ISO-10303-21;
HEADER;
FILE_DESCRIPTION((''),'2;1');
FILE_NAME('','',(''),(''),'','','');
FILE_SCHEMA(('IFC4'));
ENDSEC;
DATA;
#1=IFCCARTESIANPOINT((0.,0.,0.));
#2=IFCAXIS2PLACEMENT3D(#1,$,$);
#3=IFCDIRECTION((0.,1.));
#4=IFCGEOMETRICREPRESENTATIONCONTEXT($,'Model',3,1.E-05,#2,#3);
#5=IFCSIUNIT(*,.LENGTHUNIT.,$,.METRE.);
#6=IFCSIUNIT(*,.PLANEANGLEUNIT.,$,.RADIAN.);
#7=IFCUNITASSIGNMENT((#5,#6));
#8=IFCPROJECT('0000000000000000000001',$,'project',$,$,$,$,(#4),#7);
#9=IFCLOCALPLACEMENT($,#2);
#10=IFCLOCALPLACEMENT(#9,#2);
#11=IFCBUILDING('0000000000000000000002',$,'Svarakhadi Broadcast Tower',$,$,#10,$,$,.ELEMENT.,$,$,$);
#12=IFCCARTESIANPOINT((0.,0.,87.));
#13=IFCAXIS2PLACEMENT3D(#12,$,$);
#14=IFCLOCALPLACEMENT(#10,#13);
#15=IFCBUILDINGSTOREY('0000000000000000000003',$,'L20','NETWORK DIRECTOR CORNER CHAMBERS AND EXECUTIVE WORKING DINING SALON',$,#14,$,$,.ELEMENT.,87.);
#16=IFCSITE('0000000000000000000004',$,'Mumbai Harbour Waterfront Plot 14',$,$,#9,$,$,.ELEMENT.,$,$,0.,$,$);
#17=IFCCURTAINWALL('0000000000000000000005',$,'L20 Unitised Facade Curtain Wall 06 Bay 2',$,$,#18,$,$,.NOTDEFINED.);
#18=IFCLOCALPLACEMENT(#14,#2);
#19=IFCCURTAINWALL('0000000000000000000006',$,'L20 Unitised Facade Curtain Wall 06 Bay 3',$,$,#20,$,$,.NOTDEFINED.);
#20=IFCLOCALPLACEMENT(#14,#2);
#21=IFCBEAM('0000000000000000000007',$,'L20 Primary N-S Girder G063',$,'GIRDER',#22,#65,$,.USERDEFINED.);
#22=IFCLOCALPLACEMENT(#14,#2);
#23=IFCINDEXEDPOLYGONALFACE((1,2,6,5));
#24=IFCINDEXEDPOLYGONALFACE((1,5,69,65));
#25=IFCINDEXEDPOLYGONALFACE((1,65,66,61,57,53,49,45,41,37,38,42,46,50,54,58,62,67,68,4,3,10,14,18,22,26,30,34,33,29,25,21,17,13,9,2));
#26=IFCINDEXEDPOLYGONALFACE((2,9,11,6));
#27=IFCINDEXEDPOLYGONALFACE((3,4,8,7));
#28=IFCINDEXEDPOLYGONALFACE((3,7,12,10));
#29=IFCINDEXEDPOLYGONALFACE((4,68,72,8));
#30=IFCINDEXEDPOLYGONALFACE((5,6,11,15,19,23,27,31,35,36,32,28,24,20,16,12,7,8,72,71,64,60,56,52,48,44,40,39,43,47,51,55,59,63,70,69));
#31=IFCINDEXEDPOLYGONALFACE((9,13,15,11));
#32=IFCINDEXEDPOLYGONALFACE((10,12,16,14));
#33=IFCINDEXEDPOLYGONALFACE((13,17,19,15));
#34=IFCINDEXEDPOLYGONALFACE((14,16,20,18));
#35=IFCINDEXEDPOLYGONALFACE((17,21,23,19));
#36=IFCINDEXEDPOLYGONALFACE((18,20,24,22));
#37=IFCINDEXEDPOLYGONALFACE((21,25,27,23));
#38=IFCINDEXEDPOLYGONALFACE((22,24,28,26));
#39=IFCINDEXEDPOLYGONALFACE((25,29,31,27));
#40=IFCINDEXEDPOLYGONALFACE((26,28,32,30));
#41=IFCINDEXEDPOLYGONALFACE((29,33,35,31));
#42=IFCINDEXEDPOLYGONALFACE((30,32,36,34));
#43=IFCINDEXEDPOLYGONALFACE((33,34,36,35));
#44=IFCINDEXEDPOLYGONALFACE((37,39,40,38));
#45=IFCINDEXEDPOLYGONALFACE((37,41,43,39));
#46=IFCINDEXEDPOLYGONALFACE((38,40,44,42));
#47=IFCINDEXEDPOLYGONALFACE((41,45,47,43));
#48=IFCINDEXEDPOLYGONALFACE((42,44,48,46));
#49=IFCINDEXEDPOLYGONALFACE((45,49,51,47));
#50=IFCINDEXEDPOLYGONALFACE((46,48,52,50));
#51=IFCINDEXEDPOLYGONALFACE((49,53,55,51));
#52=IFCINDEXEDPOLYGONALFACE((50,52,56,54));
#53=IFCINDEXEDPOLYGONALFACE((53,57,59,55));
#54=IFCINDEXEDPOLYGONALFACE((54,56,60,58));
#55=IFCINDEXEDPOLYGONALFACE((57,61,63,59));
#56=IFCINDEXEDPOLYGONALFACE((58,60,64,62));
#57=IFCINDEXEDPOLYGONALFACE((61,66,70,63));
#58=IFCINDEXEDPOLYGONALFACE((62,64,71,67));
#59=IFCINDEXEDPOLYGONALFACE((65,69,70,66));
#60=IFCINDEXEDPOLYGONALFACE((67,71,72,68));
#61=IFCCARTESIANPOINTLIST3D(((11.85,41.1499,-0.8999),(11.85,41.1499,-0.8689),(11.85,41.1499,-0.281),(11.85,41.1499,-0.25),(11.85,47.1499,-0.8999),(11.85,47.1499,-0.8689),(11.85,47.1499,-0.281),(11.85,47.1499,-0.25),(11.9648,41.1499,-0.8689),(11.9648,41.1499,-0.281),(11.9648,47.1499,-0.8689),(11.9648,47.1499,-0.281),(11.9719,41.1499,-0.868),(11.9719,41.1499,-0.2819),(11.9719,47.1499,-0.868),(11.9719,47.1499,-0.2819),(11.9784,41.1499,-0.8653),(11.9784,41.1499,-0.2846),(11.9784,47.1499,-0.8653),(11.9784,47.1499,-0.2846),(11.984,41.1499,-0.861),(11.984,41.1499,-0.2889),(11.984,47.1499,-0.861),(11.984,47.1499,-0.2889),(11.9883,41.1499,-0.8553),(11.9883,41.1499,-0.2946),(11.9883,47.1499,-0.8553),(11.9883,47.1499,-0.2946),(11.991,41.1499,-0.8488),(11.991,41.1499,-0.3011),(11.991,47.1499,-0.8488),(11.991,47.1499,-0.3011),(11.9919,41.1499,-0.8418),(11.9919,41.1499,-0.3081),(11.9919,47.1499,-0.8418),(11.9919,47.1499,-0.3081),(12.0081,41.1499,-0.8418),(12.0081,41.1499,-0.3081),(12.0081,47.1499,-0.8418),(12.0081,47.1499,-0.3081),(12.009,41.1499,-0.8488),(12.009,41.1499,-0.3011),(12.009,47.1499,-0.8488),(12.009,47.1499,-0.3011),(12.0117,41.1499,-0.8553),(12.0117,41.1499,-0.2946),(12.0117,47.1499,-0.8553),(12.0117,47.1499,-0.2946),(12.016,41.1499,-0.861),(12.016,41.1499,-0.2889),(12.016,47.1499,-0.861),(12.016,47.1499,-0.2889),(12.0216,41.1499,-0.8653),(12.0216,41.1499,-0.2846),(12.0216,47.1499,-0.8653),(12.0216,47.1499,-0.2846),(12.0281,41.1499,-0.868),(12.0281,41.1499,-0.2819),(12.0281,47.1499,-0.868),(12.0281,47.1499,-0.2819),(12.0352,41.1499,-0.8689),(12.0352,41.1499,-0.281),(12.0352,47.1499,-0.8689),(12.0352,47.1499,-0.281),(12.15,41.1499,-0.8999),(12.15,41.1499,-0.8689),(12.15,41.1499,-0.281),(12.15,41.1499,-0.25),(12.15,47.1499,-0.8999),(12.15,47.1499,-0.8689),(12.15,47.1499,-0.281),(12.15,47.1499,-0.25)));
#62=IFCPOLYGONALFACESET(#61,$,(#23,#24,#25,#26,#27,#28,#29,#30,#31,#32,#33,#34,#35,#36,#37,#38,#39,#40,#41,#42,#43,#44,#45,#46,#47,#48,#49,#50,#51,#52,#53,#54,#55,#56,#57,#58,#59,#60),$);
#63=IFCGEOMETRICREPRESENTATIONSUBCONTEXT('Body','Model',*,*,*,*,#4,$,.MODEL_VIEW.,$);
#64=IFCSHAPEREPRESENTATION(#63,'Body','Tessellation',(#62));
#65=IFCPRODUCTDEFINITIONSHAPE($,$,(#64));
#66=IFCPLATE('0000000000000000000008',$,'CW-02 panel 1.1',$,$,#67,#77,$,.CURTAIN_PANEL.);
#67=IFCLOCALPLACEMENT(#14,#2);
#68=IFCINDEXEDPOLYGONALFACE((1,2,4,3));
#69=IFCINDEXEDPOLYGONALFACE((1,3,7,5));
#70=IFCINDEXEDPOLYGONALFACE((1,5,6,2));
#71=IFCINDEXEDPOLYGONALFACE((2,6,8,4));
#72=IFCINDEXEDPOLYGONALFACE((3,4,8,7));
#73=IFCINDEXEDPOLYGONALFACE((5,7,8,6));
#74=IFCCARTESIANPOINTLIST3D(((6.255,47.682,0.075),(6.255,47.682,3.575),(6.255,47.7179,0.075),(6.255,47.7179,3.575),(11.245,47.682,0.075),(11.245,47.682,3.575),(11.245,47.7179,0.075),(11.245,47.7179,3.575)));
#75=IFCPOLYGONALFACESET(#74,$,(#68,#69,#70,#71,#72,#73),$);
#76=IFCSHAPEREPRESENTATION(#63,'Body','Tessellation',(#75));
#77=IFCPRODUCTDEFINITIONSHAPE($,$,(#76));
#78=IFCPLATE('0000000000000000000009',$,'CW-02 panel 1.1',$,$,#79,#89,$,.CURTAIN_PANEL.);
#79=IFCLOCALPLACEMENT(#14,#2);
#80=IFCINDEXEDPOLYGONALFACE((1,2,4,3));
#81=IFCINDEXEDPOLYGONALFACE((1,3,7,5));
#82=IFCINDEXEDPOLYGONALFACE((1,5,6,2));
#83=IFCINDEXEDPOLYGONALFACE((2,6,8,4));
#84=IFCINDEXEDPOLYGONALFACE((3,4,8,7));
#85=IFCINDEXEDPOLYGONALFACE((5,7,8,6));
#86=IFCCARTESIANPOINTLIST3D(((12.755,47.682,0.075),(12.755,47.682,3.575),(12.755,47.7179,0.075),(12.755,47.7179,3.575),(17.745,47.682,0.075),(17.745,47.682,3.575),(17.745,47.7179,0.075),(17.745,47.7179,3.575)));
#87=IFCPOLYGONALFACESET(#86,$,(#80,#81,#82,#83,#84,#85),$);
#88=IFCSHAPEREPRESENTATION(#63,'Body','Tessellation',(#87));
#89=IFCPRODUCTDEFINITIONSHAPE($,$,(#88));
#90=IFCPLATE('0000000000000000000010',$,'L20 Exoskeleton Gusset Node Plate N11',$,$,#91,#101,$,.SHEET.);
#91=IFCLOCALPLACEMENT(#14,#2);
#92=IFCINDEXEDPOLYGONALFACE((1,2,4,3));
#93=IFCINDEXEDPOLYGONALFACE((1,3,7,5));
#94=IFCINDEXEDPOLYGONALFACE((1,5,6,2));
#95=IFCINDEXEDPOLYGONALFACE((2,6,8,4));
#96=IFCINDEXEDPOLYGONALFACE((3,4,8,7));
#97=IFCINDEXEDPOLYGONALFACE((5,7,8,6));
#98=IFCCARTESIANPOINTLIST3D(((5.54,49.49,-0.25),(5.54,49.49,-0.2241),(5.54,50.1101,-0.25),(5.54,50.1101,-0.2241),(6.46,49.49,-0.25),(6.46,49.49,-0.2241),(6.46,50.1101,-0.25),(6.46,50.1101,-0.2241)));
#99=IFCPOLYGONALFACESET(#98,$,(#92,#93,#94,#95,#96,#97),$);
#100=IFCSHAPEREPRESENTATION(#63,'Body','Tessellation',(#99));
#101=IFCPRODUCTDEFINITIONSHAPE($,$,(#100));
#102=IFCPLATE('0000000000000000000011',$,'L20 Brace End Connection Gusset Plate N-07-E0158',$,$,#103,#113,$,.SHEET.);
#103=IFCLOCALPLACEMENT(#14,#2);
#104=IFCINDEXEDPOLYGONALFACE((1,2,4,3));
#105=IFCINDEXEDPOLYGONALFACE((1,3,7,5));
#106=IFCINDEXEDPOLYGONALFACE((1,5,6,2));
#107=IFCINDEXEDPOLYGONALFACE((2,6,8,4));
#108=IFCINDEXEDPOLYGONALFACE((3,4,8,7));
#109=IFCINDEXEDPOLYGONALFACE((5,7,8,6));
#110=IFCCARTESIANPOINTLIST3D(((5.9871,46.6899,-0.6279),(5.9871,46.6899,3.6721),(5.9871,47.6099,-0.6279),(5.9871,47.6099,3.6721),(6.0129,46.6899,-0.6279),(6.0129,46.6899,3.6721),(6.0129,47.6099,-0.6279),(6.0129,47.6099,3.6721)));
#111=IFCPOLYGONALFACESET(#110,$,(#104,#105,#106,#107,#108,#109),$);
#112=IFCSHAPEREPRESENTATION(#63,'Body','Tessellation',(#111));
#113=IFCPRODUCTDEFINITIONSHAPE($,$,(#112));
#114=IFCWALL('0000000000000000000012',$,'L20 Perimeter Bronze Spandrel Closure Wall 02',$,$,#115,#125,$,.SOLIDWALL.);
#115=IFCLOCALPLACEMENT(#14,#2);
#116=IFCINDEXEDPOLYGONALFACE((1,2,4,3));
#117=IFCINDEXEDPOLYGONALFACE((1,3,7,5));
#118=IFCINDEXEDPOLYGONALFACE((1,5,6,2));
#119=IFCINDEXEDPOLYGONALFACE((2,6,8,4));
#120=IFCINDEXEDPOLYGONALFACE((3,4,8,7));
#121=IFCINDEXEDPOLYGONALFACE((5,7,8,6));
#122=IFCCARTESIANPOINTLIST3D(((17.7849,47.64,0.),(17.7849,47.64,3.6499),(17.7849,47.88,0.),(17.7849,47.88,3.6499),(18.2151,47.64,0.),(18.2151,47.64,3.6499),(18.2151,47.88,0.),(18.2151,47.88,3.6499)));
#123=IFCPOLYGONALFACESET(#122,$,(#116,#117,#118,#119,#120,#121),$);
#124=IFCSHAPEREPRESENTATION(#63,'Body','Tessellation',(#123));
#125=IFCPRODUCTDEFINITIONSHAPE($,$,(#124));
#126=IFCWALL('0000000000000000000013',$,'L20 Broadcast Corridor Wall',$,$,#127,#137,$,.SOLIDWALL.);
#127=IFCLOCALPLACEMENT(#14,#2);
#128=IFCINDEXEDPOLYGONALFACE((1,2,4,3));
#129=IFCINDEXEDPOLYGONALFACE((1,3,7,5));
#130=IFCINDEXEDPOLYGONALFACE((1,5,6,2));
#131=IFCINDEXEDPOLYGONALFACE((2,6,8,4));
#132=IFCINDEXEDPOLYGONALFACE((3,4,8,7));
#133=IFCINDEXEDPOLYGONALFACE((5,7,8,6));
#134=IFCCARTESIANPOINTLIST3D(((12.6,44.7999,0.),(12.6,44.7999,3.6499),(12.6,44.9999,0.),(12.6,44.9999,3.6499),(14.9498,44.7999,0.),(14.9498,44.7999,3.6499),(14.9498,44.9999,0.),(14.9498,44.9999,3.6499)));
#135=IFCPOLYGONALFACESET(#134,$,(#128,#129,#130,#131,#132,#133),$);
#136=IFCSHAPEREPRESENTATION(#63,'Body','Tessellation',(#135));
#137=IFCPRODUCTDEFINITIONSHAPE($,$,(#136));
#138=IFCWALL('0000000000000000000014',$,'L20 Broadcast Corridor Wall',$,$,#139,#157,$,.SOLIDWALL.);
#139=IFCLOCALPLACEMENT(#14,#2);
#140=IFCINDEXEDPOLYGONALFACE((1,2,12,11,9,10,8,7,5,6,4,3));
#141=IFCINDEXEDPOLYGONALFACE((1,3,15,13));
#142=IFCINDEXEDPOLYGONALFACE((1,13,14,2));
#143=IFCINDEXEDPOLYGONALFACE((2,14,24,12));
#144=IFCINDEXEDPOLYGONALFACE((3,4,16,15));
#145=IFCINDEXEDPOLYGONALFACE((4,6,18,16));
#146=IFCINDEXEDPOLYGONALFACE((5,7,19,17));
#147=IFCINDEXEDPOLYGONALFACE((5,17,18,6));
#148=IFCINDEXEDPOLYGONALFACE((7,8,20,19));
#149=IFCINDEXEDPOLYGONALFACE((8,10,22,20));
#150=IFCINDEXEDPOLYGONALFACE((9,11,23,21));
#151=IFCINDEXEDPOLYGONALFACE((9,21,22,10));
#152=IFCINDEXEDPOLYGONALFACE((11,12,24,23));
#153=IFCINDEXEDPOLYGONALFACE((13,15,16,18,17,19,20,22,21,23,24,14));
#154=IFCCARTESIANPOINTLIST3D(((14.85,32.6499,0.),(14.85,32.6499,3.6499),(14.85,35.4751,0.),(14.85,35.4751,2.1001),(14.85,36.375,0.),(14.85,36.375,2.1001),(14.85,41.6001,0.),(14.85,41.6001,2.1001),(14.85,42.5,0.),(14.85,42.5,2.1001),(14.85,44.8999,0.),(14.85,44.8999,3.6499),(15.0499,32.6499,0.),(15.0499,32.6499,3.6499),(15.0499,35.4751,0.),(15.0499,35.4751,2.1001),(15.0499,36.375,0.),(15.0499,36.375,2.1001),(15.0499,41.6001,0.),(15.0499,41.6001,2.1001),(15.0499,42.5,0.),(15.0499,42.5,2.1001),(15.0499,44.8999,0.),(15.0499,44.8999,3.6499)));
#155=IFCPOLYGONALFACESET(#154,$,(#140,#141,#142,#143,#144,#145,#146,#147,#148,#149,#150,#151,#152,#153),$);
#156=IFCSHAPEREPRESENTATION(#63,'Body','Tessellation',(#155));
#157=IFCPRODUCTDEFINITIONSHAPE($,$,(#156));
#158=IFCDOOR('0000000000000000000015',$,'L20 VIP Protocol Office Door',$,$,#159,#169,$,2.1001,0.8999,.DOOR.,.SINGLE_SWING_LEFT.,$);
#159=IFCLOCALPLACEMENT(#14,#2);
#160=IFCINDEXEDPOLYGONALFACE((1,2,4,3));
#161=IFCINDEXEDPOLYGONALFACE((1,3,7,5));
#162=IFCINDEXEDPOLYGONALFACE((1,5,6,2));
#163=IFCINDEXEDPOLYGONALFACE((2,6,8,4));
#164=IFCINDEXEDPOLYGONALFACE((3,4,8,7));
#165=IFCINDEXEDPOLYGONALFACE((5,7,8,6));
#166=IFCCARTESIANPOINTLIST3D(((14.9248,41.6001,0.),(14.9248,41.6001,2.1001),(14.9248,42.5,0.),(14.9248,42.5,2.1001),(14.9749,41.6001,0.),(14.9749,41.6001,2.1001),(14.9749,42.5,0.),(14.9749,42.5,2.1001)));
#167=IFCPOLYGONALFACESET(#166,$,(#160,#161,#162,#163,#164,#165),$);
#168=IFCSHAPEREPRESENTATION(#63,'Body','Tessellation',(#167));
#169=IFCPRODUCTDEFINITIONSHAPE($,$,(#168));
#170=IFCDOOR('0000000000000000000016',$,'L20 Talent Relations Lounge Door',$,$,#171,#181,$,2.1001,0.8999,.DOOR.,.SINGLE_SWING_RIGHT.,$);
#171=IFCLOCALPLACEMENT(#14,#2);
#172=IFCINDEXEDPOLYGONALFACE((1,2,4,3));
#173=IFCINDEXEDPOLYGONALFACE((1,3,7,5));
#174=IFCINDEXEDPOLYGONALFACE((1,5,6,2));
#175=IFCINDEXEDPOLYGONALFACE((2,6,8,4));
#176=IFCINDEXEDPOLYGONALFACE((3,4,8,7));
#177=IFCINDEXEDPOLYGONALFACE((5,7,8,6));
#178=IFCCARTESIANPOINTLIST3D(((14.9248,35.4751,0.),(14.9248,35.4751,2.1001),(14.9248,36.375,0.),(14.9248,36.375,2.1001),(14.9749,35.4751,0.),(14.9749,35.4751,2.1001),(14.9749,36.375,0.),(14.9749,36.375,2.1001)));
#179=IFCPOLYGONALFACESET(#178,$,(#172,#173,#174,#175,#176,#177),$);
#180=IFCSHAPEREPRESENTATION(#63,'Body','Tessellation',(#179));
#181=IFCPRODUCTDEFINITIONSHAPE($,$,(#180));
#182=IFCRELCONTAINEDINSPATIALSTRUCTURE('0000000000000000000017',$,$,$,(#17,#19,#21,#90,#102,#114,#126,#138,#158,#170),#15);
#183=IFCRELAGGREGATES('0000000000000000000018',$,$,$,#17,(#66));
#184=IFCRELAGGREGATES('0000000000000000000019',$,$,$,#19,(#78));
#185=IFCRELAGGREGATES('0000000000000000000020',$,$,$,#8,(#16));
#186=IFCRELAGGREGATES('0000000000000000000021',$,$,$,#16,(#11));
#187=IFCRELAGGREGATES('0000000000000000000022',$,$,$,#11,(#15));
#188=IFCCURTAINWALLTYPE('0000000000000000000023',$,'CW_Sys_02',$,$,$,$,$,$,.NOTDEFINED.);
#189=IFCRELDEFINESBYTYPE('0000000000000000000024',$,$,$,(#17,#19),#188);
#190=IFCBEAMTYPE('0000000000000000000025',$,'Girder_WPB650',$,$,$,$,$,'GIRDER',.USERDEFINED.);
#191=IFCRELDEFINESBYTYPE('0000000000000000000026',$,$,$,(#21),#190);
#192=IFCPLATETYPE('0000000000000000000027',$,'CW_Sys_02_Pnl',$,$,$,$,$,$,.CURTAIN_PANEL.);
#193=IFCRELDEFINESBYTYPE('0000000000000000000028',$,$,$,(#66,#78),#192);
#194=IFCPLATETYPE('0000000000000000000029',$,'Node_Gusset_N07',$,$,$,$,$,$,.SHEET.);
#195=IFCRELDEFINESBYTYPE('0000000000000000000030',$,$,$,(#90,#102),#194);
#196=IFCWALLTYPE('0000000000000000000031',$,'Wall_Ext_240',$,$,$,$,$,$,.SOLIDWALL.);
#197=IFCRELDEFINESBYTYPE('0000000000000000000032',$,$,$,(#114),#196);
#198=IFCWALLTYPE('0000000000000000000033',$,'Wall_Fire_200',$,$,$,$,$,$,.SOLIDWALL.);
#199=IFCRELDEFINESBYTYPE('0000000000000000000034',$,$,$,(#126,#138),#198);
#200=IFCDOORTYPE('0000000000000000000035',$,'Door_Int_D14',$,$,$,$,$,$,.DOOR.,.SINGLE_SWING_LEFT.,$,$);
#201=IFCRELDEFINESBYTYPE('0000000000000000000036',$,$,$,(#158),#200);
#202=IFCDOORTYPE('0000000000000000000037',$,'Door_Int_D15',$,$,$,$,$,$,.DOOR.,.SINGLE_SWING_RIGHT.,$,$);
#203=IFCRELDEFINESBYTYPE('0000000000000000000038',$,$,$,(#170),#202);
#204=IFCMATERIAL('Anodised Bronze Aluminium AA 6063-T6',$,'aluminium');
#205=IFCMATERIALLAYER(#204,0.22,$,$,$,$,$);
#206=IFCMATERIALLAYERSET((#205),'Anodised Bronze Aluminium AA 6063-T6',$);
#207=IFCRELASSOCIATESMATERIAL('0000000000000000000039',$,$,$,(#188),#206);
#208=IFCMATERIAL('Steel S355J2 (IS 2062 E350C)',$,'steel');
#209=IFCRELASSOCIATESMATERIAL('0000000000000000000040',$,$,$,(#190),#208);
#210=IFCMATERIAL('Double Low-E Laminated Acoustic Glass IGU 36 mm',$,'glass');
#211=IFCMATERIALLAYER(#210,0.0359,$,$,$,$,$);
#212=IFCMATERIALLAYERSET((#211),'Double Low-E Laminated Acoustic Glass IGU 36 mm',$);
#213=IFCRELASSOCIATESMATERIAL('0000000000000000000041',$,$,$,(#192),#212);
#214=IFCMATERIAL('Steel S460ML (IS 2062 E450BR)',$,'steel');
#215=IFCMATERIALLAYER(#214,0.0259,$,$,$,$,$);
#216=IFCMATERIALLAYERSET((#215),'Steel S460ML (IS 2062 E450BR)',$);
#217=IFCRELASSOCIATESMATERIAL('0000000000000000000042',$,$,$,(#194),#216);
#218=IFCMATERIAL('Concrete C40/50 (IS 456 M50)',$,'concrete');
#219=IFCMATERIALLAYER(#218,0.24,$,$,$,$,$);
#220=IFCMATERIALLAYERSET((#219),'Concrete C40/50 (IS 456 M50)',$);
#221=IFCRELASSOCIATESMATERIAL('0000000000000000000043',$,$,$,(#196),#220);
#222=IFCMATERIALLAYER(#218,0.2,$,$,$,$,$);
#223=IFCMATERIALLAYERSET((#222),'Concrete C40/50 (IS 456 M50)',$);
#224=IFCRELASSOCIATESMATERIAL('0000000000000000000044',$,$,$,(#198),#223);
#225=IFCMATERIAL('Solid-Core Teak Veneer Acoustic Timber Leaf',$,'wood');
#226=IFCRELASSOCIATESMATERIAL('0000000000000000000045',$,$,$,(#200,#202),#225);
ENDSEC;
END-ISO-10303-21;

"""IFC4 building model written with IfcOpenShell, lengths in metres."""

from ifc_helpers import new_model, si_unit, direction, frame, frame_2d, origin, origin_2d, place, context, subcontext, project, spatial, rectangle, i_section, extrude, material, layer, layer_set, material_profile, profile_set, type_object, element, fill, aggregate, save


model = new_model("IFC4")

# Units and contexts
model_context = context("Model", 3, precision=1e-05, world=origin(), true_north=direction((0.0, 1.0)))
body_context = subcontext(model_context, "Body", "Model", "MODEL_VIEW")
ifc_project = project(units=[si_unit("LENGTHUNIT", "METRE"), si_unit("PLANEANGLEUNIT", "RADIAN")], contexts=[model_context])

# Site, building, storey
site_placement = place(None, origin())
site = spatial("IfcSite", under=ifc_project, at=site_placement, Name="Mumbai Harbour Waterfront Plot 14", CompositionType="ELEMENT", RefElevation=0.0)
building_placement = place(site_placement, origin())
building = spatial("IfcBuilding", under=site, at=building_placement, Name="Svarakhadi Broadcast Tower", CompositionType="ELEMENT")
storey_placement = place(building_placement, frame((0.0, 0.0, 87.0)))
storey = spatial("IfcBuildingStorey", under=building, at=storey_placement, Name="L20", Description="NETWORK DIRECTOR CORNER CHAMBERS AND EXECUTIVE WORKING DINING SALON", CompositionType="ELEMENT", Elevation=87.0)

# Shared definitions
ifc_material_1 = material(Name="Steel S460ML (IS 2062 E450BR)", Category="steel")

# Shared definitions
ifc_material_2 = material(Name="Steel S355J2 (IS 2062 E350C)", Category="steel")

# Curtain walls
ifc_material_3 = material(Name="Anodised Bronze Aluminium AA 6063-T6", Category="aluminium")
ifc_layer_1 = layer(ifc_material_3, 0.22)
ifc_layer_set_1 = layer_set([ifc_layer_1], Name="Anodised Bronze Aluminium AA 6063-T6")
curtain_wall_type = type_object("IfcCurtainWallType", Name="CW_Sys_02", PredefinedType="NOTDEFINED", material=ifc_layer_set_1)
curtain_wall_1_placement = place(storey_placement, origin())
curtain_wall_1 = element("IfcCurtainWall", 1, at=curtain_wall_1_placement, inside=storey, type_object=curtain_wall_type, Name="L20 Unitised Facade Curtain Wall 06 Bay 2", PredefinedType="NOTDEFINED")
curtain_wall_2_placement = place(storey_placement, origin())
curtain_wall_2 = element("IfcCurtainWall", 2, at=curtain_wall_2_placement, inside=storey, type_object=curtain_wall_type, Name="L20 Unitised Facade Curtain Wall 06 Bay 3", PredefinedType="NOTDEFINED")

# Beam
ifc_material_profile_1 = material_profile(ifc_material_2, i_section(OverallWidth=0.3, OverallDepth=0.6499, WebThickness=0.0161, FlangeThickness=0.031, FilletRadius=0.0271, at=origin_2d()), Name="WPB 650x300x225")
ifc_profile_set_1 = profile_set([ifc_material_profile_1], Name="Steel S355J2 (IS 2062 E350C)")
beam_type_1 = type_object("IfcBeamType", Name="Girder_WPB650", ElementType="GIRDER", PredefinedType="USERDEFINED", material=ifc_profile_set_1)
for number, where, z_axis, x_axis, name in (
    (3, (12.0, 41.1499, -0.575), (0.0, 1.0, 0.0), (-1.0, 0.0, 0.0), "L20 Primary N-S Girder G063"),
):
    element("IfcBeam", number, at=place(storey_placement, frame(where, z_axis=z_axis, x_axis=x_axis)), inside=storey, type_object=beam_type_1, Name=name, ObjectType="GIRDER", PredefinedType="USERDEFINED", context=body_context, shape_type="SweptSolid", body=[
        extrude(i_section(OverallWidth=0.3, OverallDepth=0.6499, WebThickness=0.0161, FlangeThickness=0.031, FilletRadius=0.0271, at=origin_2d()), origin(), (0.0, 0.0, 1.0), 6.0),
    ])

# Plates
ifc_material_4 = material(Name="Double Low-E Laminated Acoustic Glass IGU 36 mm", Category="glass")
ifc_layer_2 = layer(ifc_material_4, 0.0359)
ifc_layer_set_2 = layer_set([ifc_layer_2], Name="Double Low-E Laminated Acoustic Glass IGU 36 mm")
plate_type_1 = type_object("IfcPlateType", Name="CW_Sys_02_Pnl", PredefinedType="CURTAIN_PANEL", material=ifc_layer_set_2)
plate_1_placement = place(storey_placement, frame((8.75, 47.7, 0.075), z_axis=(0.0, 0.0, 1.0), x_axis=(1.0, 0.0, 0.0)))
plate_1 = element("IfcPlate", 4, at=plate_1_placement, type_object=plate_type_1, Name="CW-02 panel 1.1", PredefinedType="CURTAIN_PANEL", context=body_context, shape_type="SweptSolid", body=[
    extrude(rectangle(XDim=4.99, YDim=0.0359, at=origin_2d()), origin(), (0.0, 0.0, 1.0), 3.5),
])
aggregate(curtain_wall_1, [plate_1])
plate_2_placement = place(storey_placement, frame((15.25, 47.7, 0.075), z_axis=(0.0, 0.0, 1.0), x_axis=(1.0, 0.0, 0.0)))
plate_2 = element("IfcPlate", 5, at=plate_2_placement, type_object=plate_type_1, Name="CW-02 panel 1.1", PredefinedType="CURTAIN_PANEL", context=body_context, shape_type="SweptSolid", body=[
    extrude(rectangle(XDim=4.99, YDim=0.0359, at=origin_2d()), origin(), (0.0, 0.0, 1.0), 3.5),
])
aggregate(curtain_wall_2, [plate_2])

# Plates
ifc_layer_3 = layer(ifc_material_1, 0.0259)
ifc_layer_set_3 = layer_set([ifc_layer_3], Name="Steel S460ML (IS 2062 E450BR)")
plate_type_2 = type_object("IfcPlateType", Name="Node_Gusset_N07", PredefinedType="SHEET", material=ifc_layer_set_3)
plate_3_placement = place(storey_placement, frame((6.0, 49.8, -0.25), z_axis=(0.0, 0.0, 1.0), x_axis=(1.0, 0.0, 0.0)))
element("IfcPlate", 6, at=plate_3_placement, inside=storey, type_object=plate_type_2, Name="L20 Exoskeleton Gusset Node Plate N11", PredefinedType="SHEET", context=body_context, shape_type="SweptSolid", body=[
    extrude(rectangle(XDim=0.9199, YDim=0.6201, at=origin_2d()), origin(), (0.0, 0.0, 1.0), 0.0259),
])
plate_4_placement = place(storey_placement, frame((6.0, 47.1499, -0.6279), z_axis=(0.0, 0.0, 1.0), x_axis=(0.0, 1.0, 0.0)))
element("IfcPlate", 7, at=plate_4_placement, inside=storey, type_object=plate_type_2, Name="L20 Brace End Connection Gusset Plate N-07-E0158", PredefinedType="SHEET", context=body_context, shape_type="SweptSolid", body=[
    extrude(rectangle(XDim=0.9199, YDim=0.0259, at=origin_2d()), origin(), (0.0, 0.0, 1.0), 4.3),
])

# Walls
ifc_material_5 = material(Name="Concrete C40/50 (IS 456 M50)", Category="concrete")
ifc_layer_4 = layer(ifc_material_5, 0.24)
ifc_layer_set_4 = layer_set([ifc_layer_4], Name="Concrete C40/50 (IS 456 M50)")
wall_type_1 = type_object("IfcWallType", Name="Wall_Ext_240", PredefinedType="SOLIDWALL", material=ifc_layer_set_4)
wall_1_placement = place(storey_placement, frame((17.7849, 47.76, 0.0), z_axis=(0.0, 0.0, 1.0), x_axis=(1.0, 0.0, 0.0)))
element("IfcWall", 8, at=wall_1_placement, inside=storey, type_object=wall_type_1, Name="L20 Perimeter Bronze Spandrel Closure Wall 02", PredefinedType="SOLIDWALL", context=body_context, shape_type="SweptSolid", body=[
    extrude(rectangle(XDim=0.4302, YDim=0.24, at=frame_2d((0.2151, 0.0))), origin(), (0.0, 0.0, 1.0), 3.6499),
])
ifc_layer_5 = layer(ifc_material_5, 0.2)
ifc_layer_set_5 = layer_set([ifc_layer_5], Name="Concrete C40/50 (IS 456 M50)")
wall_type_2 = type_object("IfcWallType", Name="Wall_Fire_200", PredefinedType="SOLIDWALL", material=ifc_layer_set_5)
wall_2_placement = place(storey_placement, frame((12.6001, 44.8999, 0.0), z_axis=(0.0, 0.0, 1.0), x_axis=(1.0, 0.0, 0.0)))
element("IfcWall", 9, at=wall_2_placement, inside=storey, type_object=wall_type_2, Name="L20 Broadcast Corridor Wall", PredefinedType="SOLIDWALL", context=body_context, shape_type="SweptSolid", body=[
    extrude(rectangle(XDim=2.3499, YDim=0.2, at=frame_2d((1.1748, 0.0))), origin(), (0.0, 0.0, 1.0), 3.6499),
])

# Wall, openings, doors
wall_3_placement = place(storey_placement, frame((14.95, 44.8999, 0.0), z_axis=(0.0, 0.0, 1.0), x_axis=(0.0, -1.0, 0.0)))
wall_3 = element("IfcWall", 10, at=wall_3_placement, inside=storey, type_object=wall_type_2, Name="L20 Broadcast Corridor Wall", PredefinedType="SOLIDWALL", context=body_context, shape_type="SweptSolid", body=[
    extrude(rectangle(XDim=12.25, YDim=0.2, at=frame_2d((6.125, 0.0))), origin(), (0.0, 0.0, 1.0), 3.6499),
])
opening_1_placement = place(wall_3_placement, frame((8.5249, 0.0, 0.0)))
opening_1 = element("IfcOpeningElement", 11, at=opening_1_placement, cuts=wall_3, PredefinedType="OPENING", context=body_context, shape_type="SweptSolid", body=[
    extrude(rectangle(XDim=0.8999, YDim=2.1001, at=frame_2d((0.45, 1.05))), frame((0.0, 0.1099, 0.0), z_axis=(0.0, -1.0, 0.0), x_axis=(1.0, 0.0, 0.0)), (0.0, 0.0, 1.0), 0.22),
])
opening_2_placement = place(wall_3_placement, frame((2.3999, 0.0, 0.0)))
opening_2 = element("IfcOpeningElement", 12, at=opening_2_placement, cuts=wall_3, PredefinedType="OPENING", context=body_context, shape_type="SweptSolid", body=[
    extrude(rectangle(XDim=0.8999, YDim=2.1001, at=frame_2d((0.45, 1.05))), frame((0.0, 0.1099, 0.0), z_axis=(0.0, -1.0, 0.0), x_axis=(1.0, 0.0, 0.0)), (0.0, 0.0, 1.0), 0.22),
])
ifc_material_6 = material(Name="Solid-Core Teak Veneer Acoustic Timber Leaf", Category="wood")
door_type_1 = type_object("IfcDoorType", Name="Door_Int_D14", OperationType="SINGLE_SWING_LEFT", PredefinedType="DOOR", material=ifc_material_6)
door_1_placement = place(opening_2_placement, origin())
door_1 = element("IfcDoor", 13, at=door_1_placement, inside=storey, type_object=door_type_1, Name="L20 VIP Protocol Office Door", OperationType="SINGLE_SWING_LEFT", OverallHeight=2.1001, OverallWidth=0.8999, PredefinedType="DOOR", context=body_context, shape_type="SweptSolid", body=[
    extrude(rectangle(XDim=0.8999, YDim=2.1001, at=frame_2d((0.45, 1.05))), frame((0.0, 0.0249, 0.0), z_axis=(0.0, -1.0, 0.0), x_axis=(1.0, 0.0, 0.0)), (0.0, 0.0, 1.0), 0.05),
])
fill(opening_2, door_1)
door_type_2 = type_object("IfcDoorType", Name="Door_Int_D15", OperationType="SINGLE_SWING_RIGHT", PredefinedType="DOOR", material=ifc_material_6)
door_2_placement = place(opening_1_placement, origin())
door_2 = element("IfcDoor", 14, at=door_2_placement, inside=storey, type_object=door_type_2, Name="L20 Talent Relations Lounge Door", OperationType="SINGLE_SWING_RIGHT", OverallHeight=2.1001, OverallWidth=0.8999, PredefinedType="DOOR", context=body_context, shape_type="SweptSolid", body=[
    extrude(rectangle(XDim=0.8999, YDim=2.1001, at=frame_2d((0.45, 1.05))), frame((0.0, 0.0249, 0.0), z_axis=(0.0, -1.0, 0.0), x_axis=(1.0, 0.0, 0.0)), (0.0, 0.0, 1.0), 0.05),
])
fill(opening_1, door_2)

save(model, "model.ifc")
